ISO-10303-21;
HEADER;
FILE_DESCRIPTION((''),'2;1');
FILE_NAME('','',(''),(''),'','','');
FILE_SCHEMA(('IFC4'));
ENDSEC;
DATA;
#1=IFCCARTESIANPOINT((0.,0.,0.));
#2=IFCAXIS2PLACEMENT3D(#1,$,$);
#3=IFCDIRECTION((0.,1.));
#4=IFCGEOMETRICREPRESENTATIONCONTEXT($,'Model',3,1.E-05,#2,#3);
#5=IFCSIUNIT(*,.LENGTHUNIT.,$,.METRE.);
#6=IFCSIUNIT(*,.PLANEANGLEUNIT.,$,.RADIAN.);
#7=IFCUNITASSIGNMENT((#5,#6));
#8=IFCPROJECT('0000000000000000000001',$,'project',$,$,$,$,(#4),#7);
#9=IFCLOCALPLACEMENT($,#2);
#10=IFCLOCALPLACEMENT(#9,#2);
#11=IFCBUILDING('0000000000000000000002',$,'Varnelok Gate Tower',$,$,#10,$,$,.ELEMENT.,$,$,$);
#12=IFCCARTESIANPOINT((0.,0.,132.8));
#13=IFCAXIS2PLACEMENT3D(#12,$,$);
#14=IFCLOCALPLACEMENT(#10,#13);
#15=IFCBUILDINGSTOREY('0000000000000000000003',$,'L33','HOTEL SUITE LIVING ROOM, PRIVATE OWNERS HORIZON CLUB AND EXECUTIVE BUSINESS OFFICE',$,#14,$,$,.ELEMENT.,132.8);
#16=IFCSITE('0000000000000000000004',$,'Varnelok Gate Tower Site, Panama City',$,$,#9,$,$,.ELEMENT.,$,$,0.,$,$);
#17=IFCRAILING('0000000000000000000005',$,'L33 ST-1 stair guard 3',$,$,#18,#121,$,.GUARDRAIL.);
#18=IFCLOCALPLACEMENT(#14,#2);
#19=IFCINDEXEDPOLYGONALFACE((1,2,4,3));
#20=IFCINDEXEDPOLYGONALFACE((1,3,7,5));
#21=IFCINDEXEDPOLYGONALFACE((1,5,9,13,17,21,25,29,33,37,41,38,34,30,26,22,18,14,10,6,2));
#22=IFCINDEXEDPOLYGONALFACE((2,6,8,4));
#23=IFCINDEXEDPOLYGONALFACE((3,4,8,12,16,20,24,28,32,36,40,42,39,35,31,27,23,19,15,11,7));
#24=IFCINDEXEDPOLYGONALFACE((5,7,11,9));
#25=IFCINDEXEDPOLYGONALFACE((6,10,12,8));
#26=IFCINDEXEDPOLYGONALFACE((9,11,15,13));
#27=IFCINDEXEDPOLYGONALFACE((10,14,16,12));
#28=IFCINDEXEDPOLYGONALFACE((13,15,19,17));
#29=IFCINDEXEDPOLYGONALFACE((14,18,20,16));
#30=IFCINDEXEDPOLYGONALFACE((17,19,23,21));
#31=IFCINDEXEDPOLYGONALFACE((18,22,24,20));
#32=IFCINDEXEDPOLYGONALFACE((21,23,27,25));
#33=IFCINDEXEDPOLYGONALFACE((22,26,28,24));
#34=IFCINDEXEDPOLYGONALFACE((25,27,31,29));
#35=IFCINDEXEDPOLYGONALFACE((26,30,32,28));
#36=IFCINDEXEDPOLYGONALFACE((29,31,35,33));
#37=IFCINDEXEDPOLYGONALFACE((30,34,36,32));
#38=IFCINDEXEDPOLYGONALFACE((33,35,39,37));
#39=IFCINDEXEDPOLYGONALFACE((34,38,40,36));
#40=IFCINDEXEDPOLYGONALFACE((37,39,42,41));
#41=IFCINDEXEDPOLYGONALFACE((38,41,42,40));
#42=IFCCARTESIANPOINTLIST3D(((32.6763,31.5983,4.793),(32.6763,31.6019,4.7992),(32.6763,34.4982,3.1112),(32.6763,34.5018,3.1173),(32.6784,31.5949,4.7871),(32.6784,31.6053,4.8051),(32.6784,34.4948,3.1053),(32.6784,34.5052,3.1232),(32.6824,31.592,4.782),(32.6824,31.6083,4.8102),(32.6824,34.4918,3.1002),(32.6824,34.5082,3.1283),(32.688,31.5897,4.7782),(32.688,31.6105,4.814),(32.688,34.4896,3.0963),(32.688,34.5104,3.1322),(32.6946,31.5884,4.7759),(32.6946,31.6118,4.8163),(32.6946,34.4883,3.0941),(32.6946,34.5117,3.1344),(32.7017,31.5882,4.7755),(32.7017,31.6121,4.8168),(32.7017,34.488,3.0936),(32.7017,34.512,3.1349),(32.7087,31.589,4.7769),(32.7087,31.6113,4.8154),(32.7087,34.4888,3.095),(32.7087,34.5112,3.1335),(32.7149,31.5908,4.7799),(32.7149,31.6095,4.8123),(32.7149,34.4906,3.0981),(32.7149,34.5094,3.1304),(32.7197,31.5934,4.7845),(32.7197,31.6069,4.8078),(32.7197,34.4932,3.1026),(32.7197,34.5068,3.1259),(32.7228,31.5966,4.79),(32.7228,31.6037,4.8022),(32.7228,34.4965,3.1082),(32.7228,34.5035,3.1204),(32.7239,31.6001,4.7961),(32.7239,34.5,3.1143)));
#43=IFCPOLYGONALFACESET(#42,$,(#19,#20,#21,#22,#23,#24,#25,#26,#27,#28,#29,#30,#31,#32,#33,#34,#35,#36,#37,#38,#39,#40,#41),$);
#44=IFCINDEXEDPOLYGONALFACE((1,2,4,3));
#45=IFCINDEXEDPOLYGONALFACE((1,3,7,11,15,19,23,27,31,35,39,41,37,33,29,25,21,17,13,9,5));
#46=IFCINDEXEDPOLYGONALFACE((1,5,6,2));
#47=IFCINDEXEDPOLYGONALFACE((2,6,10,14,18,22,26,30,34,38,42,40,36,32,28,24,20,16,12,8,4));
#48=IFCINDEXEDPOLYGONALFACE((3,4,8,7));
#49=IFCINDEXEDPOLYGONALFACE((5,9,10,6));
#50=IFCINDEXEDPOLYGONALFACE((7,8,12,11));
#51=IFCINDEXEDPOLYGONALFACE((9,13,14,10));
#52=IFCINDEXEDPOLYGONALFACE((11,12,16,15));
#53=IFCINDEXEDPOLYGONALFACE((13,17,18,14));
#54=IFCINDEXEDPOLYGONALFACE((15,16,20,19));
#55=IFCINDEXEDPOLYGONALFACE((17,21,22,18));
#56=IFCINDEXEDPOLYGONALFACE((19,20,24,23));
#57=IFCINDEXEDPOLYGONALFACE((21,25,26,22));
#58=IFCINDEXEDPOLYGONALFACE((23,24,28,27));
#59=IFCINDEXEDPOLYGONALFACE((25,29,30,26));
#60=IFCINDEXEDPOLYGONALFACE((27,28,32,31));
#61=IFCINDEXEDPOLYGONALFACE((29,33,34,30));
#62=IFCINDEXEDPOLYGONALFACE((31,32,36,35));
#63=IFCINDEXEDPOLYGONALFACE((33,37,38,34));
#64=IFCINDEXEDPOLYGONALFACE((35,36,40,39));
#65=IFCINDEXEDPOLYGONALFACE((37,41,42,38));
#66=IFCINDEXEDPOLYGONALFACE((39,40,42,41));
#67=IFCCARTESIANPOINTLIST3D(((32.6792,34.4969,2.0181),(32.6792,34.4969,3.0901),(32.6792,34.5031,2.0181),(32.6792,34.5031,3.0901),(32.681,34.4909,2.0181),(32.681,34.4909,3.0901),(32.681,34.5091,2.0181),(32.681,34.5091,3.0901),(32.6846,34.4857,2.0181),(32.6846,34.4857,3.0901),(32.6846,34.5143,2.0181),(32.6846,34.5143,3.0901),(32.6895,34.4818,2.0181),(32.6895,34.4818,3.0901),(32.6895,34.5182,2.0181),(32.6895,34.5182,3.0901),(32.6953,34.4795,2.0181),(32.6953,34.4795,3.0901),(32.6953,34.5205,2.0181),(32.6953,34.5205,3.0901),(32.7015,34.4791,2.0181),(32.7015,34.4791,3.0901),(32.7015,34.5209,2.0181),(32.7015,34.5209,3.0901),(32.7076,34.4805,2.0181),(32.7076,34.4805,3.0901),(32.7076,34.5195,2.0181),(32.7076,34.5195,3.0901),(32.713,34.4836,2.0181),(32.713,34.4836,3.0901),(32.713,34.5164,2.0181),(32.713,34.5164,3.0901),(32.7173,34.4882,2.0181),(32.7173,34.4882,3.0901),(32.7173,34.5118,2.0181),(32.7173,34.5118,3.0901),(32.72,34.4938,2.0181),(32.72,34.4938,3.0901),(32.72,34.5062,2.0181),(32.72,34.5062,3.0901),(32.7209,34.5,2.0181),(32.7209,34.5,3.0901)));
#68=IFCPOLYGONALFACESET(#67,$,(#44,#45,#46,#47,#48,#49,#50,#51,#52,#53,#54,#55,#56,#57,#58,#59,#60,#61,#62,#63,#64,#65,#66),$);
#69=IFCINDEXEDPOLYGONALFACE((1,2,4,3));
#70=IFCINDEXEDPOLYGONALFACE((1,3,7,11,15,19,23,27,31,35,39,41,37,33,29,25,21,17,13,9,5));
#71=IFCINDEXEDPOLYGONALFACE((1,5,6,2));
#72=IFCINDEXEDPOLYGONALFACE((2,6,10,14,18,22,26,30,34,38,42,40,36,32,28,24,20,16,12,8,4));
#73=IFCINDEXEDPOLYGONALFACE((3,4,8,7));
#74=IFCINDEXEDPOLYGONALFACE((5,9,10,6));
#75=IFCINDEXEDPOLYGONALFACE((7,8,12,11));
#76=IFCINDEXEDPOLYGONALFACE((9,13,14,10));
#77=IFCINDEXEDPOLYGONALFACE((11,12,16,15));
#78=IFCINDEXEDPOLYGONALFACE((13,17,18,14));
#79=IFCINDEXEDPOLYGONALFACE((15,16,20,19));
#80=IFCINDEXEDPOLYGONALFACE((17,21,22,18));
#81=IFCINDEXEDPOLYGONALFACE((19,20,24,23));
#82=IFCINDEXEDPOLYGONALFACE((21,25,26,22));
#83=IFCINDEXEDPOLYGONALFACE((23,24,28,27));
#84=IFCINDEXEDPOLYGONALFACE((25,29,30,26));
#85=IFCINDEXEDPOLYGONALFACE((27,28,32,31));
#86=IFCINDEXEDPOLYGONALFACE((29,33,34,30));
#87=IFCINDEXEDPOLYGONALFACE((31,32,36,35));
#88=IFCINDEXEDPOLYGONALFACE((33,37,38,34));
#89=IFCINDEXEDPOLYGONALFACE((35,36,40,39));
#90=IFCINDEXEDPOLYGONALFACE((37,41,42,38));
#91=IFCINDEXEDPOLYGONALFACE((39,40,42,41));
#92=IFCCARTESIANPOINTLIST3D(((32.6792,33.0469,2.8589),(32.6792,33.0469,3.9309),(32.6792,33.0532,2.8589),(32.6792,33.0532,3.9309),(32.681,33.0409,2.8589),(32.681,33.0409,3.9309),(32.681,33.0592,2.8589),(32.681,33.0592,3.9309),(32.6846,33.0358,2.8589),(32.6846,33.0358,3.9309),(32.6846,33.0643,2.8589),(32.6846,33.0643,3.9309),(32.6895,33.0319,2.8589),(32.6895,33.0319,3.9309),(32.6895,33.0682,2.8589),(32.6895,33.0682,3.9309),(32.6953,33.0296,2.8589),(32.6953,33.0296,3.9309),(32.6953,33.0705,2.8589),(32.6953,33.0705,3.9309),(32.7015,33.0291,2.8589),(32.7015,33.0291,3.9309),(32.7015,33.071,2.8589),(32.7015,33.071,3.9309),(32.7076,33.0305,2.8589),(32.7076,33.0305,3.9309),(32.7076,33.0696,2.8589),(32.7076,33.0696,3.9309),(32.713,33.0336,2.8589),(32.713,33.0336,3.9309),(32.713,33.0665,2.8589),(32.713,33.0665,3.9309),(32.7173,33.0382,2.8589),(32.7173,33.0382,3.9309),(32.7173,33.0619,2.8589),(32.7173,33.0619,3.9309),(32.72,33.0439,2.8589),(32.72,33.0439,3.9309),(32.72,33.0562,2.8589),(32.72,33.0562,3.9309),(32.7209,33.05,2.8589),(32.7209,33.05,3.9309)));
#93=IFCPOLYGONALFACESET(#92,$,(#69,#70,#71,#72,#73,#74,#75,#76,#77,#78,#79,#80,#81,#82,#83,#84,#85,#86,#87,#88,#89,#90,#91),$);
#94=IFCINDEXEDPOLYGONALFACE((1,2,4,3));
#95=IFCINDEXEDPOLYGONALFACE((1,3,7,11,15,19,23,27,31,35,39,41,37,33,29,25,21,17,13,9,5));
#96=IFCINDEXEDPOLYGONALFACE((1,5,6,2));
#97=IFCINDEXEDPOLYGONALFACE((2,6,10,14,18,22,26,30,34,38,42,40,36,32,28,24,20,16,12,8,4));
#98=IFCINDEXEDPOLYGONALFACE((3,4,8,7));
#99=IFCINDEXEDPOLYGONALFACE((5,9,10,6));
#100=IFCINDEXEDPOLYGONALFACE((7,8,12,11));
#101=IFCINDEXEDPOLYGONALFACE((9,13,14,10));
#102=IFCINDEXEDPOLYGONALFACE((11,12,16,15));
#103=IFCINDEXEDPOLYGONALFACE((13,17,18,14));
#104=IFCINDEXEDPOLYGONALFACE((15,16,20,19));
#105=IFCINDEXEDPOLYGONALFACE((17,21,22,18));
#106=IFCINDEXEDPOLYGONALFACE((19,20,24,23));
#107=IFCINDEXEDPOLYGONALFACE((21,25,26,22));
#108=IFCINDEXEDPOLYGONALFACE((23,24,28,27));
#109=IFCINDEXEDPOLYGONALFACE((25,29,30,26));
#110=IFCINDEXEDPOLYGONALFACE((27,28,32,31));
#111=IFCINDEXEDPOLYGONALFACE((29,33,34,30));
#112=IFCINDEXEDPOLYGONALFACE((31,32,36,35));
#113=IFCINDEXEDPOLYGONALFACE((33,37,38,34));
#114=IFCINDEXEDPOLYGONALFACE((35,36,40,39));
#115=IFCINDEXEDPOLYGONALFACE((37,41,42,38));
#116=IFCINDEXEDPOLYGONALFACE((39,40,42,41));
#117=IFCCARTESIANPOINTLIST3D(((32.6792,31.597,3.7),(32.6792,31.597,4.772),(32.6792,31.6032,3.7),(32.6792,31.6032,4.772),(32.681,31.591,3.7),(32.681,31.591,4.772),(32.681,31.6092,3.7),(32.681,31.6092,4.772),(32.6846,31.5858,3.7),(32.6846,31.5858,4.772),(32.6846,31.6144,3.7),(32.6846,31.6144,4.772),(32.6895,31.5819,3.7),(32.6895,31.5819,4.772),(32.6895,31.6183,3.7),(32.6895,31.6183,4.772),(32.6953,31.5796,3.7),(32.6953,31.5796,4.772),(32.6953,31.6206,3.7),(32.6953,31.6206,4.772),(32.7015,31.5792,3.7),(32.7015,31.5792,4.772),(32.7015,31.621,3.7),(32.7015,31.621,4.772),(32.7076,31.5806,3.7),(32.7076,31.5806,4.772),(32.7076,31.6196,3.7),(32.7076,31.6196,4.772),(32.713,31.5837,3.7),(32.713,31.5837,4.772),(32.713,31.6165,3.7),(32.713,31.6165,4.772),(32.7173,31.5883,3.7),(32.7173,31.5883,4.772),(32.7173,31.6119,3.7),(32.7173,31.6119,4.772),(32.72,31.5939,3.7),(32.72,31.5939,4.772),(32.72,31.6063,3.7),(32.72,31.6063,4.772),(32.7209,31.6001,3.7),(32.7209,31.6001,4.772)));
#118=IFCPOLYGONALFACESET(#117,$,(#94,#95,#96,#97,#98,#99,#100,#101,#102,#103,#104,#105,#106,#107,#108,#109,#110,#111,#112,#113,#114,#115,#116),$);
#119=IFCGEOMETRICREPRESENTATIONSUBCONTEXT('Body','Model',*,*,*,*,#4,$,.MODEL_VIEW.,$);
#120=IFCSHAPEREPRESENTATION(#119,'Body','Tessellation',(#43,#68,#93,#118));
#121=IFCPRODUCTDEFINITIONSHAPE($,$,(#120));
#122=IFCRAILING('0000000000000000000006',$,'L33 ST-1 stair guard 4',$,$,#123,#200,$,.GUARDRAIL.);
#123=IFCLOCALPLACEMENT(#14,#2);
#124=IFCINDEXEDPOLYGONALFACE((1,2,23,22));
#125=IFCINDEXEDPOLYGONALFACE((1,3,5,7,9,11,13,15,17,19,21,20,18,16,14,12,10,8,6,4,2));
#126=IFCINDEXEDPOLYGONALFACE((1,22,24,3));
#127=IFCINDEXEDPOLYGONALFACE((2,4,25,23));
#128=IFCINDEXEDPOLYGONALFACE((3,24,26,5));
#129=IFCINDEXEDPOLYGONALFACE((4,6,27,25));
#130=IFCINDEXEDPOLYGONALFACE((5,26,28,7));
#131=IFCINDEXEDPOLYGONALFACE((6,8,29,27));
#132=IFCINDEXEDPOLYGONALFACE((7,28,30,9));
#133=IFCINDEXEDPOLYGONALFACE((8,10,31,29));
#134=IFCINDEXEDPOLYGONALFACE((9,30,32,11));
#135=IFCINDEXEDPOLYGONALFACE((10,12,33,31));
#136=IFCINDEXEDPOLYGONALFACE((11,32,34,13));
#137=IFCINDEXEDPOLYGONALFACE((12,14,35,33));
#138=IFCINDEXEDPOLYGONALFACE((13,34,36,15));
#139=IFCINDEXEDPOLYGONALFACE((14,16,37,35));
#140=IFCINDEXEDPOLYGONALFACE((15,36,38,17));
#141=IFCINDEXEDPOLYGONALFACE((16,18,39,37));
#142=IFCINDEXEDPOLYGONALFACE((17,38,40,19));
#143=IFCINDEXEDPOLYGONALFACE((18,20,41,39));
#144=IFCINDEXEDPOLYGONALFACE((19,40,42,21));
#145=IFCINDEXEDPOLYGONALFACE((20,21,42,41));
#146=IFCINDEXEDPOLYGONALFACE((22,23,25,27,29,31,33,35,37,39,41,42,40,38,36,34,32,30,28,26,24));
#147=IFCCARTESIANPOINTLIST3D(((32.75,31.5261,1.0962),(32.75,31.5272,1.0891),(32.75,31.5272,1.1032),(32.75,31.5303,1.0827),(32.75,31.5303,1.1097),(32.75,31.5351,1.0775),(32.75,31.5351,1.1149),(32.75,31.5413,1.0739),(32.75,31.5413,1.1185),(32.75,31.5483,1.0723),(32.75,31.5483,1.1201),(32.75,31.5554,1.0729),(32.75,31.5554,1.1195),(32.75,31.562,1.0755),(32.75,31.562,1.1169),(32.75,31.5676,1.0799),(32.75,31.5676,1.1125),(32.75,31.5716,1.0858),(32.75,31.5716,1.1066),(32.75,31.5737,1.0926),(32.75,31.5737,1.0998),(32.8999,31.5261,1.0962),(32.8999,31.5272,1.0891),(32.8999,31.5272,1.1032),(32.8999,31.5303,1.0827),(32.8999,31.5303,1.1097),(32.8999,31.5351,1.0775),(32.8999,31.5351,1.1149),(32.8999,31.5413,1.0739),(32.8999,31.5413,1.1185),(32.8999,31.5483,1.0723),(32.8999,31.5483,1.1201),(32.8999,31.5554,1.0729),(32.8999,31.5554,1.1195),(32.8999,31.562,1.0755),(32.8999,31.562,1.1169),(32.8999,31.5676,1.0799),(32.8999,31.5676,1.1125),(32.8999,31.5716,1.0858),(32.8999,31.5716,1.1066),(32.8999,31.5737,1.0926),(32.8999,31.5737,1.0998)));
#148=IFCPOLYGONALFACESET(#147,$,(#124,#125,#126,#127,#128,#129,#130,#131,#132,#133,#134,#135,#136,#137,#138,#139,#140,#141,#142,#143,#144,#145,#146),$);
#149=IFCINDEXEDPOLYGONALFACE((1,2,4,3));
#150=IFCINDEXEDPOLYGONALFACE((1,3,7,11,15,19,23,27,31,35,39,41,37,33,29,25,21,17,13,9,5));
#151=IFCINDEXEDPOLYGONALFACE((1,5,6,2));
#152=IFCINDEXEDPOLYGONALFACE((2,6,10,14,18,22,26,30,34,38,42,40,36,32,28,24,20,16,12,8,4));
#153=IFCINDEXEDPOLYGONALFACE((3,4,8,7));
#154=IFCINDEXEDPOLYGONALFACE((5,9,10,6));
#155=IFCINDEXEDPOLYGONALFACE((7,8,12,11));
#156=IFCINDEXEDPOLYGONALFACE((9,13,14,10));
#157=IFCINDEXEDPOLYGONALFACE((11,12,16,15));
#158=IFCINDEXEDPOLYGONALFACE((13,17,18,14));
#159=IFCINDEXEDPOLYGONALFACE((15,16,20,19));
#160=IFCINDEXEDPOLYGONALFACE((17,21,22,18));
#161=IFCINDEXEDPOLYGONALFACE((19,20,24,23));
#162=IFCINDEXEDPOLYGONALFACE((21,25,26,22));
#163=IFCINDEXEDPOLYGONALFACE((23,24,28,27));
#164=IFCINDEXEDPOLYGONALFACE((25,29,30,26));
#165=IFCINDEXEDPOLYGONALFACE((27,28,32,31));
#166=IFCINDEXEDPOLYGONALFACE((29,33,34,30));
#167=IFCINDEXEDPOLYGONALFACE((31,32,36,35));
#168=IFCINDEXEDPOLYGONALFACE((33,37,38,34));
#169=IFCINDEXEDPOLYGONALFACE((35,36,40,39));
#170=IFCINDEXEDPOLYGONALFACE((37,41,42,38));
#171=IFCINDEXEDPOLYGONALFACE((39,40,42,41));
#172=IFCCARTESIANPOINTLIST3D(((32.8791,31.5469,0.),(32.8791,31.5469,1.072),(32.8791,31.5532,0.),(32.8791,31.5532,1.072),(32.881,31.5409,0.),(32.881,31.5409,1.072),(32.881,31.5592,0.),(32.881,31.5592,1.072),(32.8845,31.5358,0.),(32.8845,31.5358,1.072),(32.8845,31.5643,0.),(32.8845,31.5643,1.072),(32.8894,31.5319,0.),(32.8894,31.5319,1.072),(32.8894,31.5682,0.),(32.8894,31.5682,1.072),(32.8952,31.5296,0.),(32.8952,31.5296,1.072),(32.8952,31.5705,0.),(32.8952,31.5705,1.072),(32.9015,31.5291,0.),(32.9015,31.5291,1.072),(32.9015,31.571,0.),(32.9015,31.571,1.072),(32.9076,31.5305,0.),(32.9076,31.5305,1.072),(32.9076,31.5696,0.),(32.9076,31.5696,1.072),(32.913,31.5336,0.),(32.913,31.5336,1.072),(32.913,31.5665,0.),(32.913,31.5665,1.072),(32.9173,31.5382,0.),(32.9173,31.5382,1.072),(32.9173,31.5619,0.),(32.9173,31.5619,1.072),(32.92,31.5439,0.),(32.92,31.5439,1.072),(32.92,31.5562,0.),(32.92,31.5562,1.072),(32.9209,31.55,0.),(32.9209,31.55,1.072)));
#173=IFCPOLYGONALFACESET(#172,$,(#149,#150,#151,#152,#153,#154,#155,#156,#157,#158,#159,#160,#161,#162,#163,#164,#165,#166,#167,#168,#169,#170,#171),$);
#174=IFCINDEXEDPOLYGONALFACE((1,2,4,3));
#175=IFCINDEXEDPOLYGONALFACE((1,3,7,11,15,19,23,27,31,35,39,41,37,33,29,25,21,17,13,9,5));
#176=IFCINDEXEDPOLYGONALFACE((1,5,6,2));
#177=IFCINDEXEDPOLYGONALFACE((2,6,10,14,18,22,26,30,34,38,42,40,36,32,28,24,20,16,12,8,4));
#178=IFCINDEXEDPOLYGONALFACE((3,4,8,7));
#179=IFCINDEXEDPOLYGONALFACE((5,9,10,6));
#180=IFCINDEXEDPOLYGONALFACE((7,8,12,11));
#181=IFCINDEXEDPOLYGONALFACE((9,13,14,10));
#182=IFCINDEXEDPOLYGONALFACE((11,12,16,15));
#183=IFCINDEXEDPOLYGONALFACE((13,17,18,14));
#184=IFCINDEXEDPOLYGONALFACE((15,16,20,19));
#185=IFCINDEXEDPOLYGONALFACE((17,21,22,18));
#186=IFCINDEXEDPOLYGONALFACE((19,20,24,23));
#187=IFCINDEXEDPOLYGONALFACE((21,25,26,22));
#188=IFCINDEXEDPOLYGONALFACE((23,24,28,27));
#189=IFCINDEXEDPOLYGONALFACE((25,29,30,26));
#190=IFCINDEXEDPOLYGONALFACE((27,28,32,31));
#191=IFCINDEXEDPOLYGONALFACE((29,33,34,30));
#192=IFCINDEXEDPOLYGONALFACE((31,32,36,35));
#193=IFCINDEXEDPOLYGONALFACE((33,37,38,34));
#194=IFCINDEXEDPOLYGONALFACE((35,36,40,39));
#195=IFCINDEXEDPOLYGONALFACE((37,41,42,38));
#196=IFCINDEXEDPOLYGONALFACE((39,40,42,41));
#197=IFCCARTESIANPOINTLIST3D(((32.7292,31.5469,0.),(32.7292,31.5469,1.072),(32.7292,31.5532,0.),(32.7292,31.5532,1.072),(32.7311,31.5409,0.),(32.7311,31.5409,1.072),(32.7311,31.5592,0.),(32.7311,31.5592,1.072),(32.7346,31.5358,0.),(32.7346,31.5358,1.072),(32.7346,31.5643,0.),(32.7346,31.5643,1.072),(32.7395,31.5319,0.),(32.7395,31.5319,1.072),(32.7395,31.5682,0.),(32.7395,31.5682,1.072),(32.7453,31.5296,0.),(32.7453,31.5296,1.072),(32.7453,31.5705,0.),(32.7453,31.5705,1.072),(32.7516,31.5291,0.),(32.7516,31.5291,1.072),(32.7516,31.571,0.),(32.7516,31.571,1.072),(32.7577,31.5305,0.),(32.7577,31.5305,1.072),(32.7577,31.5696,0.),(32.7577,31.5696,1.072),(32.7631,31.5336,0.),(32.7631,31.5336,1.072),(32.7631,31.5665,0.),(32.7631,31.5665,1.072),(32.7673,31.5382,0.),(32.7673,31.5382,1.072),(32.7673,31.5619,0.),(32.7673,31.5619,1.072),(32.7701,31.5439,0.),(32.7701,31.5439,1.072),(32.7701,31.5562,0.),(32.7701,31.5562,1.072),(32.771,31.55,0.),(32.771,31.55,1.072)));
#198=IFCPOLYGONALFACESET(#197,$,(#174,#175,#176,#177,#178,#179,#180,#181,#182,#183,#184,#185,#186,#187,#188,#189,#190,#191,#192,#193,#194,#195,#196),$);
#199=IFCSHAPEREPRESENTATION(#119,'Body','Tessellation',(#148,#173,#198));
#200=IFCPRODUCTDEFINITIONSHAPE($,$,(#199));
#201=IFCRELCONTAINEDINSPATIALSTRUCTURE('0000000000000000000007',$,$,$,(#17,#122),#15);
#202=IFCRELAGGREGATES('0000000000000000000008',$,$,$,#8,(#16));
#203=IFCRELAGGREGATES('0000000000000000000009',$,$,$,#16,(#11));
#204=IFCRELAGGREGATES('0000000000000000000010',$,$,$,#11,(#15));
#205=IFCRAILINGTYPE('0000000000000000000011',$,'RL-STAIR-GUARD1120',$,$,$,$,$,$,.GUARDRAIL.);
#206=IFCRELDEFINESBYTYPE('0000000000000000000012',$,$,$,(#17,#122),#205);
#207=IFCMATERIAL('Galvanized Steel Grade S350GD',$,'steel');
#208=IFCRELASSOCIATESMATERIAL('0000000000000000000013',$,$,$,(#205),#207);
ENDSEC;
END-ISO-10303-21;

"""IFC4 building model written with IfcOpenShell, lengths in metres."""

from ifc_helpers import new_model, si_unit, direction, frame, origin, origin_2d, place, context, subcontext, project, spatial, circle, extrude, material, type_object, element, save


model = new_model("IFC4")

# Units and contexts
model_context = context("Model", 3, precision=1e-05, world=origin(), true_north=direction((0.0, 1.0)))
body_context = subcontext(model_context, "Body", "Model", "MODEL_VIEW")
ifc_project = project(units=[si_unit("LENGTHUNIT", "METRE"), si_unit("PLANEANGLEUNIT", "RADIAN")], contexts=[model_context])

# Site, building, storey
site_placement = place(None, origin())
site = spatial("IfcSite", under=ifc_project, at=site_placement, Name="Varnelok Gate Tower Site, Panama City", CompositionType="ELEMENT", RefElevation=0.0)
building_placement = place(site_placement, origin())
building = spatial("IfcBuilding", under=site, at=building_placement, Name="Varnelok Gate Tower", CompositionType="ELEMENT")
storey_placement = place(building_placement, frame((0.0, 0.0, 132.8)))
storey = spatial("IfcBuildingStorey", under=building, at=storey_placement, Name="L33", Description="HOTEL SUITE LIVING ROOM, PRIVATE OWNERS HORIZON CLUB AND EXECUTIVE BUSINESS OFFICE", CompositionType="ELEMENT", Elevation=132.8)

# Shared definitions
ifc_material_1 = material(Name="Galvanized Steel Grade S350GD", Category="steel")

# Railings
railing_type_1 = type_object("IfcRailingType", Name="RL-STAIR-GUARD1120", PredefinedType="GUARDRAIL", material=ifc_material_1)
railing_1_placement = place(storey_placement, frame((32.7, 34.5, 2.0181)))
element("IfcRailing", 1, at=railing_1_placement, inside=storey, type_object=railing_type_1, Name="L33 ST-1 stair guard 3", PredefinedType="GUARDRAIL", context=body_context, shape_type="SweptSolid", body=[
    extrude(circle(Radius=0.0239, at=origin_2d()), frame((0.0, 0.0, 1.0962), z_axis=(0.0, -0.865039, 0.501705), x_axis=(1.0, 0.0, 0.0)), (0.0, 0.0, 1.0), 3.3523),
    extrude(circle(Radius=0.021, at=origin_2d()), origin(), (0.0, 0.0, 1.0), 1.072),
    extrude(circle(Radius=0.021, at=origin_2d()), frame((0.0, -1.45, 0.8408)), (0.0, 0.0, 1.0), 1.072),
    extrude(circle(Radius=0.021, at=origin_2d()), frame((0.0, -2.8999, 1.6819)), (0.0, 0.0, 1.0), 1.072),
])
railing_2_placement = place(storey_placement, frame((32.8999, 31.55, 0.0)))
element("IfcRailing", 2, at=railing_2_placement, inside=storey, type_object=railing_type_1, Name="L33 ST-1 stair guard 4", PredefinedType="GUARDRAIL", context=body_context, shape_type="SweptSolid", body=[
    extrude(circle(Radius=0.0239, at=origin_2d()), frame((0.0, 0.0, 1.0962), z_axis=(-1.0, 0.0, 0.0), x_axis=(0.0, -1.0, 0.0)), (0.0, 0.0, 1.0), 0.1499),
    extrude(circle(Radius=0.021, at=origin_2d()), origin(), (0.0, 0.0, 1.0), 1.072),
    extrude(circle(Radius=0.021, at=origin_2d()), frame((-0.1499, 0.0, 0.0)), (0.0, 0.0, 1.0), 1.072),
])

save(model, "model.ifc")
